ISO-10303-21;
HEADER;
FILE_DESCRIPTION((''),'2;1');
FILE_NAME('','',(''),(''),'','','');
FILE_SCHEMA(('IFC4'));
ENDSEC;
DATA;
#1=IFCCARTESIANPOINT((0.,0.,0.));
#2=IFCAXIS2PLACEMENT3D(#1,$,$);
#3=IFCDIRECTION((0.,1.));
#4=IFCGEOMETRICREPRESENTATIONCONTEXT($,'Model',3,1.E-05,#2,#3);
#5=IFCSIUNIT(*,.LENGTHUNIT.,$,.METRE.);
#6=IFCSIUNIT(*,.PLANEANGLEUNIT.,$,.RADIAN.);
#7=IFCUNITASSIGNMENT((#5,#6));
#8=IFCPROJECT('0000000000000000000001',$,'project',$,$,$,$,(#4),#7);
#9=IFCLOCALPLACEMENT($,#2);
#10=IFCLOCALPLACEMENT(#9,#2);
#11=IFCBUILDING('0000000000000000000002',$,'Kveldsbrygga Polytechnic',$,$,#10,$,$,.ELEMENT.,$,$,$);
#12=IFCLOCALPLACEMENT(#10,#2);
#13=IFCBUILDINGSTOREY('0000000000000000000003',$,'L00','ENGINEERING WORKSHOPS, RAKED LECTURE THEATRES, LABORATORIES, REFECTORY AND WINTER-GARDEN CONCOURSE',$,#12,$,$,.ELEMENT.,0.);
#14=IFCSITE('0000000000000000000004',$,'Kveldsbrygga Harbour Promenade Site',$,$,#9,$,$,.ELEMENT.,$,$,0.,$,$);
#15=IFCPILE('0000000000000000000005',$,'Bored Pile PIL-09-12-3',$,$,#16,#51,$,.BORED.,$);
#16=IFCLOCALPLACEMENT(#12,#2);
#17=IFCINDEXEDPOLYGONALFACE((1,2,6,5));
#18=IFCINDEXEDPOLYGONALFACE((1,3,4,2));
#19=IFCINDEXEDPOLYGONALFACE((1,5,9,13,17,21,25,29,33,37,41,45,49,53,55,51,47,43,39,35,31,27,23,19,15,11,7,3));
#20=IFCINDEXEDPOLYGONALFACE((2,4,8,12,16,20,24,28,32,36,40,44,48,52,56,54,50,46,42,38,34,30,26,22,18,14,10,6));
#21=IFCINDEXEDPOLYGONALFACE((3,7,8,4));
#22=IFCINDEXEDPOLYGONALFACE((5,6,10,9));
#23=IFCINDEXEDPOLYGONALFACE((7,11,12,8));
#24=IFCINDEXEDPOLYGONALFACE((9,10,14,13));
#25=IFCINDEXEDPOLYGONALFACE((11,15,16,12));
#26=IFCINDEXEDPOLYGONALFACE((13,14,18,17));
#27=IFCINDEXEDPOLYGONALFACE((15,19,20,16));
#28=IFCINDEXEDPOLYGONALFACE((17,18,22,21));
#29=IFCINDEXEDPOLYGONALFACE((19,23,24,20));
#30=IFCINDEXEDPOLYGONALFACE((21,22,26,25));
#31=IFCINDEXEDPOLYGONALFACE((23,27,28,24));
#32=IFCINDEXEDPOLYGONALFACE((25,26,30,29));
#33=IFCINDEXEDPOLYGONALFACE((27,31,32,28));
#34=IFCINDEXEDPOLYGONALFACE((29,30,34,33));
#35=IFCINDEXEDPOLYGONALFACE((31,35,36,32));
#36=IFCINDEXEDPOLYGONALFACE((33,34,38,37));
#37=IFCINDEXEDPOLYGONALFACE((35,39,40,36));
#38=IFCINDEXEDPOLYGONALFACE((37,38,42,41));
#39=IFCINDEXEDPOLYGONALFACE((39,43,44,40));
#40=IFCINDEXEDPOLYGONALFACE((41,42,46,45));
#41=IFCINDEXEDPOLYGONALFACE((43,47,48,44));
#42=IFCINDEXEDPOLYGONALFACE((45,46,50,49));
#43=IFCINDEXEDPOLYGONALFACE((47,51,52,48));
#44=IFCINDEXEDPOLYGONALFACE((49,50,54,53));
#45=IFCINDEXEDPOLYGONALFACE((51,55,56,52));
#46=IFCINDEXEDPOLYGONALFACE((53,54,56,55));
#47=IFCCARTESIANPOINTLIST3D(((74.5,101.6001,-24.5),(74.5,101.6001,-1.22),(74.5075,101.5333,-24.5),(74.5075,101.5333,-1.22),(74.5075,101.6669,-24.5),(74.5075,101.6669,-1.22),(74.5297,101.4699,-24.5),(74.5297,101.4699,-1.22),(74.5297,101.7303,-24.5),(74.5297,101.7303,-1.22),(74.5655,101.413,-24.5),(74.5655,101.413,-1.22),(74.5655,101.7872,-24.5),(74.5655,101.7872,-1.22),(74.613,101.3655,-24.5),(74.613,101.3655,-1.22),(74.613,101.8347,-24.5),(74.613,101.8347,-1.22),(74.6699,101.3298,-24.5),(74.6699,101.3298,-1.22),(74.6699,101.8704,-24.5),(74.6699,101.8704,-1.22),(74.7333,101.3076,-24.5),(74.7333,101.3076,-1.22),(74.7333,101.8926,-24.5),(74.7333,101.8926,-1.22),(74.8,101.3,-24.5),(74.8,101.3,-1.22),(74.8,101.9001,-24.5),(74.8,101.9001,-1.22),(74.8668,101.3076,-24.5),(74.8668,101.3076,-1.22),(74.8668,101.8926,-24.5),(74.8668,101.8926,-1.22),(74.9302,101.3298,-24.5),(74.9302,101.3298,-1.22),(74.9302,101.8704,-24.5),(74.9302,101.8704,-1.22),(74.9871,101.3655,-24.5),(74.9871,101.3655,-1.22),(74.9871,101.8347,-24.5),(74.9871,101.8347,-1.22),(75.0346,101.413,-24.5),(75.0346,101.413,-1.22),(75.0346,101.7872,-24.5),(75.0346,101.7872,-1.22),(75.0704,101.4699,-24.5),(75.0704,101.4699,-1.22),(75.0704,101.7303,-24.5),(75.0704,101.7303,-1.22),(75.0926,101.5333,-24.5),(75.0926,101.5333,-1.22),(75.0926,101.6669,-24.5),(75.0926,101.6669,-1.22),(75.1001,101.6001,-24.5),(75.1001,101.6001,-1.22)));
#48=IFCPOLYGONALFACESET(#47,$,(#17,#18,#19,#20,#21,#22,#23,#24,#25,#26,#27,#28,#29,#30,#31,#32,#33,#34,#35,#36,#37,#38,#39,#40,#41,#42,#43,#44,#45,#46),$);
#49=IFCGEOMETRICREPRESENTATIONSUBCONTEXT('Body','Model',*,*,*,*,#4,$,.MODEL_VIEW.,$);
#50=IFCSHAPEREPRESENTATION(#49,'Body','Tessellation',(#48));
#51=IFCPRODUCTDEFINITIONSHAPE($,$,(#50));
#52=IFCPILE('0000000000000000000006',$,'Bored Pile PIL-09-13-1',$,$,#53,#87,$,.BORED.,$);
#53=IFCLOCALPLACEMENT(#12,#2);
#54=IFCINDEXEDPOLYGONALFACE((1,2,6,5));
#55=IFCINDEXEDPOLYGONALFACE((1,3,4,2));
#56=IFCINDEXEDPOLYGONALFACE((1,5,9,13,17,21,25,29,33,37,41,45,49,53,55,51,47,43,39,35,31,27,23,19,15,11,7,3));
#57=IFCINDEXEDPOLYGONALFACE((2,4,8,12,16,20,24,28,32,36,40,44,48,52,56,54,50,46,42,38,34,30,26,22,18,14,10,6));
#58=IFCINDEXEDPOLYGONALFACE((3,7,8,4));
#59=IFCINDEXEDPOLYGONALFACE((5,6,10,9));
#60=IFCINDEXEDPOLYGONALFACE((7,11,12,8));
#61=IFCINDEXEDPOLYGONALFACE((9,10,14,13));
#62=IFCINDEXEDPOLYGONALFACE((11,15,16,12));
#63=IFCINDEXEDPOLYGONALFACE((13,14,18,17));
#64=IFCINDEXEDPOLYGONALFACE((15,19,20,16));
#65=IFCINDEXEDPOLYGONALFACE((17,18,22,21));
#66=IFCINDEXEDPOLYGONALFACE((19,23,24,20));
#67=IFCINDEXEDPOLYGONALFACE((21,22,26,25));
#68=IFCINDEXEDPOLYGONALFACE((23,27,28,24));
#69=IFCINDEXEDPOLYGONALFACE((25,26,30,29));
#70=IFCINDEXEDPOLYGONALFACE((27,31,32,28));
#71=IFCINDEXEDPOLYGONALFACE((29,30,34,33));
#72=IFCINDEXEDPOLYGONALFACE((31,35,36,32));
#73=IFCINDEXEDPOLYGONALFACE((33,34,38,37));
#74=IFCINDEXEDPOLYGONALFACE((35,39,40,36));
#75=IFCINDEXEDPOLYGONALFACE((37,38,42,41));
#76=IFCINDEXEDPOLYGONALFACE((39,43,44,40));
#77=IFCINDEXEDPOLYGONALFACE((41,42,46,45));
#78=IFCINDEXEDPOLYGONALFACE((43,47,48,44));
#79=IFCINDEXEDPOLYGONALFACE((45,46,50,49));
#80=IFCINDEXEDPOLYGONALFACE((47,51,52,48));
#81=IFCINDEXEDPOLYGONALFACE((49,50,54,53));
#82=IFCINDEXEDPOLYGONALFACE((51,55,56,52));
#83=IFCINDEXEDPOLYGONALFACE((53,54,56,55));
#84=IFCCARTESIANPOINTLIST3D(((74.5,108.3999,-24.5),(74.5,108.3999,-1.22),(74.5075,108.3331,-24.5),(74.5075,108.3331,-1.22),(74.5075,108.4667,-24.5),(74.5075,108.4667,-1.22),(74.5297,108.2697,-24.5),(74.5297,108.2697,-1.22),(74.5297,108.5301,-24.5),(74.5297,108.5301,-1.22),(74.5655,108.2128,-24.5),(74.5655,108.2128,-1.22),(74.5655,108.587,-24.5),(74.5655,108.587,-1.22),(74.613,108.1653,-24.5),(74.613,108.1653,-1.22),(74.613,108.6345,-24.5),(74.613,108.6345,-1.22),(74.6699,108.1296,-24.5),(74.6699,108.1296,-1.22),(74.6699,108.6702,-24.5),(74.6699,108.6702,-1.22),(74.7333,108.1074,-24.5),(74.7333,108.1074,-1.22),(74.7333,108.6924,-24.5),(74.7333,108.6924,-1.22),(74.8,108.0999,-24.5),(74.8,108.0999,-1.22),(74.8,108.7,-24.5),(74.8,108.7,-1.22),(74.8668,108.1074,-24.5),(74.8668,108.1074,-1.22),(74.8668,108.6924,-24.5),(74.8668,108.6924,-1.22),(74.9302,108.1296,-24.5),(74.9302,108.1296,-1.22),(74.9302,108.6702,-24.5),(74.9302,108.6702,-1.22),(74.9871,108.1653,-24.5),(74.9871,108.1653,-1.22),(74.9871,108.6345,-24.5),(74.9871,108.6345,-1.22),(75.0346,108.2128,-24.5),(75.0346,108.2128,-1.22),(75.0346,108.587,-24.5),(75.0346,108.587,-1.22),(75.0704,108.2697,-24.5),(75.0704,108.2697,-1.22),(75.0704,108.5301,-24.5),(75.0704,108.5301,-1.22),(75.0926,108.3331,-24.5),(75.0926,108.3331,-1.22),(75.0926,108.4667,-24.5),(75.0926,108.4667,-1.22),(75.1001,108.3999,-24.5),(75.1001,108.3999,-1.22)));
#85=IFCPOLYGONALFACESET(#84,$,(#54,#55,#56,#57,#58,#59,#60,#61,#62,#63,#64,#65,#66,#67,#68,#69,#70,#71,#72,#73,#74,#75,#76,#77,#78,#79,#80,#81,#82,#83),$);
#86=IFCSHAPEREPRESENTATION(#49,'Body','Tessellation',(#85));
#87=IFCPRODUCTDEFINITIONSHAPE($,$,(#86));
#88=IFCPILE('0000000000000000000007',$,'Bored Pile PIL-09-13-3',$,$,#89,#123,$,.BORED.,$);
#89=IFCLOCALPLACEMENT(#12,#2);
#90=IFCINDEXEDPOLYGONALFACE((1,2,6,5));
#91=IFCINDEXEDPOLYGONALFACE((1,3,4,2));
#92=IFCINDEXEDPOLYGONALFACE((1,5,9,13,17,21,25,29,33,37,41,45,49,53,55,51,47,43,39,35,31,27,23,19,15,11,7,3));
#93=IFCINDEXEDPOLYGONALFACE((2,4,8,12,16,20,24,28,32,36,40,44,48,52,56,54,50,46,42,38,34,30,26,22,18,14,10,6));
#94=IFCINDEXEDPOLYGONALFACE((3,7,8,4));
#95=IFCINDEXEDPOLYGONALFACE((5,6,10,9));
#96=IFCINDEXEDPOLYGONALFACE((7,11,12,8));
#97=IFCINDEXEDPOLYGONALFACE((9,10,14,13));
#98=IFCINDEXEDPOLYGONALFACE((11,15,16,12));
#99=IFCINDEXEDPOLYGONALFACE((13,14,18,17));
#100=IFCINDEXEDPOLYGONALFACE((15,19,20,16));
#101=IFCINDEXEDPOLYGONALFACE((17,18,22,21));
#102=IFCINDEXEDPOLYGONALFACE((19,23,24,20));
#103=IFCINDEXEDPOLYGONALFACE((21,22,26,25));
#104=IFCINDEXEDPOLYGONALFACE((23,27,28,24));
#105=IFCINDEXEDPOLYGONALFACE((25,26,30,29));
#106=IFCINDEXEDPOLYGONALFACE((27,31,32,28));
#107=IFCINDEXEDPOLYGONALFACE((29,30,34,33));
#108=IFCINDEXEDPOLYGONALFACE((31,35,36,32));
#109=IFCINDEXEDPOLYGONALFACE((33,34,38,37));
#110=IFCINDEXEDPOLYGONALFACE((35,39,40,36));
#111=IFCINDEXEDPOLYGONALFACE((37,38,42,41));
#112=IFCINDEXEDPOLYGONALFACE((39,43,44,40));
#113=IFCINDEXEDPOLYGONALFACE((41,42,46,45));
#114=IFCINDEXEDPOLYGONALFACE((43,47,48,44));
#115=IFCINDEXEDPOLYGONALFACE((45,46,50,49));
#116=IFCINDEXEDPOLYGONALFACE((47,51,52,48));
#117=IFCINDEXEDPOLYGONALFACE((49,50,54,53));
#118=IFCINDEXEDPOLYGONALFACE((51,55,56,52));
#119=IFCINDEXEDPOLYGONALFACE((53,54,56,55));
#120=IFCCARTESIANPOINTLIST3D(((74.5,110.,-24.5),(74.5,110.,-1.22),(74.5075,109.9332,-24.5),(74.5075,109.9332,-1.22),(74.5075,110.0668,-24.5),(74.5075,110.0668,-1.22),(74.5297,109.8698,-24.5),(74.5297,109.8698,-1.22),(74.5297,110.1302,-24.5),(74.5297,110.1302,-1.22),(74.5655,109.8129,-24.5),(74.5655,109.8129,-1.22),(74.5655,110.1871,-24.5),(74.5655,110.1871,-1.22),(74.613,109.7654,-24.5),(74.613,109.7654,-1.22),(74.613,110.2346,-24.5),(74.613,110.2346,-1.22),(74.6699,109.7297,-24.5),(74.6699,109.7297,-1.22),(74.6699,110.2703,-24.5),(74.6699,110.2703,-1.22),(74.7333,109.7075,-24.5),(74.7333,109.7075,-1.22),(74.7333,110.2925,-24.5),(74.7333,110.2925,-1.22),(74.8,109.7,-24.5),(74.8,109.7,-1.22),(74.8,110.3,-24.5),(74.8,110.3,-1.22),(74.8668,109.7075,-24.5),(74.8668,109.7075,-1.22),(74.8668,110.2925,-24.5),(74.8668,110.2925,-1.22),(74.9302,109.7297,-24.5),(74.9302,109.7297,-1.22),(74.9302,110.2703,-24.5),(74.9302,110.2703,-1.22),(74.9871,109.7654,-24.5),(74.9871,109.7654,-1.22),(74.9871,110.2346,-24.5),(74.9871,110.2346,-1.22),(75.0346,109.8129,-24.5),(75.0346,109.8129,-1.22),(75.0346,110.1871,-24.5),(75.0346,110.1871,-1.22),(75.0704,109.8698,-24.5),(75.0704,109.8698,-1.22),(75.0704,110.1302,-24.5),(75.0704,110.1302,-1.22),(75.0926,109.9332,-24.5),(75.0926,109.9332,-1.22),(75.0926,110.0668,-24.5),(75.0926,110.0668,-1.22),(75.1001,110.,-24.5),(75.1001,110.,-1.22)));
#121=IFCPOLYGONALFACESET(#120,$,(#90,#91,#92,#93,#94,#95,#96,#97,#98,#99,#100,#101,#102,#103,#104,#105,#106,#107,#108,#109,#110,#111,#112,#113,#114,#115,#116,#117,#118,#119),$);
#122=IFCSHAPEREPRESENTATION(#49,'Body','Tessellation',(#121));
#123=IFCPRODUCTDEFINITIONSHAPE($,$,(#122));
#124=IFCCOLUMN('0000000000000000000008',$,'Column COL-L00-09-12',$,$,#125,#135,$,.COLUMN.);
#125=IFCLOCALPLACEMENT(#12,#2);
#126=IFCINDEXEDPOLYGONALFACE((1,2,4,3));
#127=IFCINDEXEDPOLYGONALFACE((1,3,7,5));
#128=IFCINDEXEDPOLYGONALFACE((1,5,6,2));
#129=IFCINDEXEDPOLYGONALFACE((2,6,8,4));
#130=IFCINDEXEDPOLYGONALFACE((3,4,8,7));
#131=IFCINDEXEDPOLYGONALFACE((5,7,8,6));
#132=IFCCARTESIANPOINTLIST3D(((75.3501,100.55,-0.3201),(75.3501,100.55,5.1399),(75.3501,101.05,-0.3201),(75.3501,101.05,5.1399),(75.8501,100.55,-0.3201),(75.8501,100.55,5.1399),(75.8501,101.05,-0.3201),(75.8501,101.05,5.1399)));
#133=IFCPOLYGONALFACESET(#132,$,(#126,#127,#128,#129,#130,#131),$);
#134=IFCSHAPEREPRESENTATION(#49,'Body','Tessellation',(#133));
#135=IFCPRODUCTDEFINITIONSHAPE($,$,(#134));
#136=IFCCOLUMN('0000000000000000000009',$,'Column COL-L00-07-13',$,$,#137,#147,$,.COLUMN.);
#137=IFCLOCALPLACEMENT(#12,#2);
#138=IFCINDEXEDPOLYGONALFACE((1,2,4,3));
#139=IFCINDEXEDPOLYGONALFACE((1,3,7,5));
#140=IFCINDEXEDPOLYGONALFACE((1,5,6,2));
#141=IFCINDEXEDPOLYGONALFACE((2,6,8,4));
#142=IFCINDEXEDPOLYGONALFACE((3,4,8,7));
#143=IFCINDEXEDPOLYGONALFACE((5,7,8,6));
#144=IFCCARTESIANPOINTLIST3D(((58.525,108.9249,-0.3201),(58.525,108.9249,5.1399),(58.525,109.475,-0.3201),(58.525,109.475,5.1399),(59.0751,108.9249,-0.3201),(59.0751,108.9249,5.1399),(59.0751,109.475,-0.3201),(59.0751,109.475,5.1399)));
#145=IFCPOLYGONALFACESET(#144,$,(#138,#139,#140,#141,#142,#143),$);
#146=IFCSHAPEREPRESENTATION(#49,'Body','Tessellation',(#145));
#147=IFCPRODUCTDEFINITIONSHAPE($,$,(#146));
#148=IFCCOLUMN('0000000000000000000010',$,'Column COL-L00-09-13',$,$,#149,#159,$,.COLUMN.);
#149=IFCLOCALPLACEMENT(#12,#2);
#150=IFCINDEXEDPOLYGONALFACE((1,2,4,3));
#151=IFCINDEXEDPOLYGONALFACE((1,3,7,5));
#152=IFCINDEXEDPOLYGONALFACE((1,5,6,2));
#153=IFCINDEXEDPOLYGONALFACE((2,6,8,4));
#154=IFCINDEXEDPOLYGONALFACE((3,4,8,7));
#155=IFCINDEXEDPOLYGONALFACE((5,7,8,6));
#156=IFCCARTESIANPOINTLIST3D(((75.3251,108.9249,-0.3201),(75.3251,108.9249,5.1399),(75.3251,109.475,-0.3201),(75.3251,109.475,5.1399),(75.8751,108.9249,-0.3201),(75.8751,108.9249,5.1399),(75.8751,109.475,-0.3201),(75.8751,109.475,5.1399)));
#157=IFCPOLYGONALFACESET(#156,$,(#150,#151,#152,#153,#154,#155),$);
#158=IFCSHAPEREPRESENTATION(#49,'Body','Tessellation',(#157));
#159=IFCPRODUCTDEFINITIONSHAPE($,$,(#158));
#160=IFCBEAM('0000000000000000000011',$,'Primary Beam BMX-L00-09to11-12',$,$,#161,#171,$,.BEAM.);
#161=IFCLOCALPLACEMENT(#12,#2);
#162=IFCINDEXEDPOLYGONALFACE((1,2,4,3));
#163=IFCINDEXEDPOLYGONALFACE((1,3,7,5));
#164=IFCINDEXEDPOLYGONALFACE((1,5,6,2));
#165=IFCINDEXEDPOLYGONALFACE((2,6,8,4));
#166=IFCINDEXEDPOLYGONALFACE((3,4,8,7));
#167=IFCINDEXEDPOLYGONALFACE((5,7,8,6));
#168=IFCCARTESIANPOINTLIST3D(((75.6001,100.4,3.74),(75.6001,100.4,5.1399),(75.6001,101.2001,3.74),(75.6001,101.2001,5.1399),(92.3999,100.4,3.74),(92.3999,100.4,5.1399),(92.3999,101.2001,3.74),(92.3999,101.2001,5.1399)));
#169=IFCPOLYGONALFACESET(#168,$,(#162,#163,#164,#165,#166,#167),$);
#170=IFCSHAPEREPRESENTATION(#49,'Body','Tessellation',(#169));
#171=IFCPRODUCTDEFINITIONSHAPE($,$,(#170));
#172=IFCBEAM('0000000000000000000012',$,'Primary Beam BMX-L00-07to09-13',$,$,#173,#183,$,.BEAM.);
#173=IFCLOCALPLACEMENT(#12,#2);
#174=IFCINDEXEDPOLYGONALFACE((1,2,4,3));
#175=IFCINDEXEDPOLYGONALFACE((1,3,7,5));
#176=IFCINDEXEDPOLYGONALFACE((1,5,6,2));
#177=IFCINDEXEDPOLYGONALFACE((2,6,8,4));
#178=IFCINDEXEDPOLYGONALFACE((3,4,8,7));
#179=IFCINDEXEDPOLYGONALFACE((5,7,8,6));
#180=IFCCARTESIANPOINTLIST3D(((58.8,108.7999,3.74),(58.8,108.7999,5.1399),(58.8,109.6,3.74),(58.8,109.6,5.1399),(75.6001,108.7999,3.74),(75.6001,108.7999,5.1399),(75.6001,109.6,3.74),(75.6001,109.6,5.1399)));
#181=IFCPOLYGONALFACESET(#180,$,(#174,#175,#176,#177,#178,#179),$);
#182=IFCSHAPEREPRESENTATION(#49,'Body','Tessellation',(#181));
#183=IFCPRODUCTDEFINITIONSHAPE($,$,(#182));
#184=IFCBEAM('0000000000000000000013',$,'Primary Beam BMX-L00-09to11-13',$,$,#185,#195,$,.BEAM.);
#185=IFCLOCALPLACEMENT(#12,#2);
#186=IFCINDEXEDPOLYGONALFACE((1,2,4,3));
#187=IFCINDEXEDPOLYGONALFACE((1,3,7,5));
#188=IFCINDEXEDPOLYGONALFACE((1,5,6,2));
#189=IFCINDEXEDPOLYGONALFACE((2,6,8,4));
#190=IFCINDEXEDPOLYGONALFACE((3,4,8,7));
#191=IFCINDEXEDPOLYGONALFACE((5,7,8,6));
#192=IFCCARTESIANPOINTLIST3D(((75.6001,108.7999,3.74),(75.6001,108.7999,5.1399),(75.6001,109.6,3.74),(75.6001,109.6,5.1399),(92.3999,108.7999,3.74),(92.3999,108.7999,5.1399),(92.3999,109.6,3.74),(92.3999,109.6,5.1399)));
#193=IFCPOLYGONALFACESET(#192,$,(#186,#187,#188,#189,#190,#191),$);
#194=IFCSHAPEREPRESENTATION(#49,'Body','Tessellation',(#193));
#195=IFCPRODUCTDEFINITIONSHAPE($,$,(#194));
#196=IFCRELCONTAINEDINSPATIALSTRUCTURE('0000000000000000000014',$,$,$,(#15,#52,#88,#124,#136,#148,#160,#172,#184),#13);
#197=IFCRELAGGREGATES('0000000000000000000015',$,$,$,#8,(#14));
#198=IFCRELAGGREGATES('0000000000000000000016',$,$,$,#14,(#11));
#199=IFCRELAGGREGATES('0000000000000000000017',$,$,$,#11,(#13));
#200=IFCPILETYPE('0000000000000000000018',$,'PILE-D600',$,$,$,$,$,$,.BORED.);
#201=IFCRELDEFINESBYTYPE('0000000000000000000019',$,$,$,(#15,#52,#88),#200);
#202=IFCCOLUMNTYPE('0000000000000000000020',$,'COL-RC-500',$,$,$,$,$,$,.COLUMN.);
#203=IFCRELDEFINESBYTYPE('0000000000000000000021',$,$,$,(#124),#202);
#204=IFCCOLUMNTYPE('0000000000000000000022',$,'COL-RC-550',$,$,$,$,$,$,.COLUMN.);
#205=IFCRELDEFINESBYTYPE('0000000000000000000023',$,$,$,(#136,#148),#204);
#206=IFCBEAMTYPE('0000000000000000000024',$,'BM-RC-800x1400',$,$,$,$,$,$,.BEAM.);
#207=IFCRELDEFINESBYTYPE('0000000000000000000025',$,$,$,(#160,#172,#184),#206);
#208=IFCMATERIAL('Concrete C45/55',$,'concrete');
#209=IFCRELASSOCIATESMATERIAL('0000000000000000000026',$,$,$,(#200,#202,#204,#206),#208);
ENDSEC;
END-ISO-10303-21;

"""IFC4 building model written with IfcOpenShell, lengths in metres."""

from ifc_helpers import new_model, si_unit, direction, frame, origin, origin_2d, place, context, subcontext, project, spatial, rectangle, circle, extrude, material, material_profile, profile_set, type_object, element, save


model = new_model("IFC4")

# Units and contexts
model_context = context("Model", 3, precision=1e-05, world=origin(), true_north=direction((0.0, 1.0)))
body_context = subcontext(model_context, "Body", "Model", "MODEL_VIEW")
ifc_project = project(units=[si_unit("LENGTHUNIT", "METRE"), si_unit("PLANEANGLEUNIT", "RADIAN")], contexts=[model_context])

# Site, building, storey
site_placement = place(None, origin())
site = spatial("IfcSite", under=ifc_project, at=site_placement, Name="Kveldsbrygga Harbour Promenade Site", CompositionType="ELEMENT", RefElevation=0.0)
building_placement = place(site_placement, origin())
building = spatial("IfcBuilding", under=site, at=building_placement, Name="Kveldsbrygga Polytechnic", CompositionType="ELEMENT")
storey_placement = place(building_placement, origin())
storey = spatial("IfcBuildingStorey", under=building, at=storey_placement, Name="L00", Description="ENGINEERING WORKSHOPS, RAKED LECTURE THEATRES, LABORATORIES, REFECTORY AND WINTER-GARDEN CONCOURSE", CompositionType="ELEMENT", Elevation=0.0)

# Shared definitions
ifc_material_1 = material(Name="Concrete C45/55", Category="concrete")

# Piles
ifc_material_profile_1 = material_profile(ifc_material_1, circle(Radius=0.3, at=origin_2d()), Name="PILE D600")
ifc_profile_set_1 = profile_set([ifc_material_profile_1], Name="Concrete C45/55")
pile_type = type_object("IfcPileType", Name="PILE-D600", PredefinedType="BORED", material=ifc_profile_set_1)
for number, where, z_axis, x_axis, name in (
    (1, (74.8, 101.6001, -1.22), (0.0, 0.0, -1.0), (1.0, 0.0, 0.0), "Bored Pile PIL-09-12-3"),
    (2, (74.8, 108.3999, -1.22), (0.0, 0.0, -1.0), (1.0, 0.0, 0.0), "Bored Pile PIL-09-13-1"),
    (3, (74.8, 110.0, -1.22), (0.0, 0.0, -1.0), (1.0, 0.0, 0.0), "Bored Pile PIL-09-13-3"),
):
    element("IfcPile", number, at=place(storey_placement, frame(where, z_axis=z_axis, x_axis=x_axis)), inside=storey, type_object=pile_type, Name=name, PredefinedType="BORED", context=body_context, shape_type="SweptSolid", body=[
        extrude(circle(Radius=0.3, at=origin_2d()), origin(), (0.0, 0.0, 1.0), 23.28),
    ])

# Columns
ifc_material_profile_2 = material_profile(ifc_material_1, rectangle(XDim=0.5, YDim=0.5, at=origin_2d()), Name="RC 500x500")
ifc_profile_set_2 = profile_set([ifc_material_profile_2], Name="Concrete C45/55")
column_type_1 = type_object("IfcColumnType", Name="COL-RC-500", PredefinedType="COLUMN", material=ifc_profile_set_2)
column_placement = place(storey_placement, frame((75.6001, 100.8, -0.3201), z_axis=(0.0, 0.0, 1.0), x_axis=(1.0, 0.0, 0.0)))
element("IfcColumn", 4, at=column_placement, inside=storey, type_object=column_type_1, Name="Column COL-L00-09-12", PredefinedType="COLUMN", context=body_context, shape_type="SweptSolid", body=[
    extrude(rectangle(XDim=0.5, YDim=0.5, at=origin_2d()), origin(), (0.0, 0.0, 1.0), 5.46),
])
ifc_material_profile_3 = material_profile(ifc_material_1, rectangle(XDim=0.55, YDim=0.55, at=origin_2d()), Name="RC 550x550")
ifc_profile_set_3 = profile_set([ifc_material_profile_3], Name="Concrete C45/55")
column_type_2 = type_object("IfcColumnType", Name="COL-RC-550", PredefinedType="COLUMN", material=ifc_profile_set_3)
for number, where, z_axis, x_axis, name in (
    (5, (58.8, 109.2, -0.3201), (0.0, 0.0, 1.0), (1.0, 0.0, 0.0), "Column COL-L00-07-13"),
    (6, (75.6001, 109.2, -0.3201), (0.0, 0.0, 1.0), (1.0, 0.0, 0.0), "Column COL-L00-09-13"),
):
    element("IfcColumn", number, at=place(storey_placement, frame(where, z_axis=z_axis, x_axis=x_axis)), inside=storey, type_object=column_type_2, Name=name, PredefinedType="COLUMN", context=body_context, shape_type="SweptSolid", body=[
        extrude(rectangle(XDim=0.55, YDim=0.55, at=origin_2d()), origin(), (0.0, 0.0, 1.0), 5.46),
    ])

# Beams
ifc_material_profile_4 = material_profile(ifc_material_1, rectangle(XDim=0.8, YDim=1.3999, at=origin_2d()), Name="RC 800x1400")
ifc_profile_set_4 = profile_set([ifc_material_profile_4], Name="Concrete C45/55")
beam_type_1 = type_object("IfcBeamType", Name="BM-RC-800x1400", PredefinedType="BEAM", material=ifc_profile_set_4)
beam_1_placement = place(storey_placement, frame((75.6001, 100.8, 4.4399), z_axis=(1.0, 0.0, 0.0), x_axis=(0.0, 1.0, 0.0)))
element("IfcBeam", 7, at=beam_1_placement, inside=storey, type_object=beam_type_1, Name="Primary Beam BMX-L00-09to11-12", PredefinedType="BEAM", context=body_context, shape_type="SweptSolid", body=[
    extrude(rectangle(XDim=0.8, YDim=1.3999, at=origin_2d()), origin(), (0.0, 0.0, 1.0), 16.7998),
])
beam_2_placement = place(storey_placement, frame((58.8, 109.2, 4.4399), z_axis=(1.0, 0.0, 0.0), x_axis=(0.0, 1.0, 0.0)))
element("IfcBeam", 8, at=beam_2_placement, inside=storey, type_object=beam_type_1, Name="Primary Beam BMX-L00-07to09-13", PredefinedType="BEAM", context=body_context, shape_type="SweptSolid", body=[
    extrude(rectangle(XDim=0.8, YDim=1.3999, at=origin_2d()), origin(), (0.0, 0.0, 1.0), 16.8),
])
beam_3_placement = place(storey_placement, frame((75.6001, 109.2, 4.4399), z_axis=(1.0, 0.0, 0.0), x_axis=(0.0, 1.0, 0.0)))
element("IfcBeam", 9, at=beam_3_placement, inside=storey, type_object=beam_type_1, Name="Primary Beam BMX-L00-09to11-13", PredefinedType="BEAM", context=body_context, shape_type="SweptSolid", body=[
    extrude(rectangle(XDim=0.8, YDim=1.3999, at=origin_2d()), origin(), (0.0, 0.0, 1.0), 16.7998),
])

save(model, "model.ifc")
